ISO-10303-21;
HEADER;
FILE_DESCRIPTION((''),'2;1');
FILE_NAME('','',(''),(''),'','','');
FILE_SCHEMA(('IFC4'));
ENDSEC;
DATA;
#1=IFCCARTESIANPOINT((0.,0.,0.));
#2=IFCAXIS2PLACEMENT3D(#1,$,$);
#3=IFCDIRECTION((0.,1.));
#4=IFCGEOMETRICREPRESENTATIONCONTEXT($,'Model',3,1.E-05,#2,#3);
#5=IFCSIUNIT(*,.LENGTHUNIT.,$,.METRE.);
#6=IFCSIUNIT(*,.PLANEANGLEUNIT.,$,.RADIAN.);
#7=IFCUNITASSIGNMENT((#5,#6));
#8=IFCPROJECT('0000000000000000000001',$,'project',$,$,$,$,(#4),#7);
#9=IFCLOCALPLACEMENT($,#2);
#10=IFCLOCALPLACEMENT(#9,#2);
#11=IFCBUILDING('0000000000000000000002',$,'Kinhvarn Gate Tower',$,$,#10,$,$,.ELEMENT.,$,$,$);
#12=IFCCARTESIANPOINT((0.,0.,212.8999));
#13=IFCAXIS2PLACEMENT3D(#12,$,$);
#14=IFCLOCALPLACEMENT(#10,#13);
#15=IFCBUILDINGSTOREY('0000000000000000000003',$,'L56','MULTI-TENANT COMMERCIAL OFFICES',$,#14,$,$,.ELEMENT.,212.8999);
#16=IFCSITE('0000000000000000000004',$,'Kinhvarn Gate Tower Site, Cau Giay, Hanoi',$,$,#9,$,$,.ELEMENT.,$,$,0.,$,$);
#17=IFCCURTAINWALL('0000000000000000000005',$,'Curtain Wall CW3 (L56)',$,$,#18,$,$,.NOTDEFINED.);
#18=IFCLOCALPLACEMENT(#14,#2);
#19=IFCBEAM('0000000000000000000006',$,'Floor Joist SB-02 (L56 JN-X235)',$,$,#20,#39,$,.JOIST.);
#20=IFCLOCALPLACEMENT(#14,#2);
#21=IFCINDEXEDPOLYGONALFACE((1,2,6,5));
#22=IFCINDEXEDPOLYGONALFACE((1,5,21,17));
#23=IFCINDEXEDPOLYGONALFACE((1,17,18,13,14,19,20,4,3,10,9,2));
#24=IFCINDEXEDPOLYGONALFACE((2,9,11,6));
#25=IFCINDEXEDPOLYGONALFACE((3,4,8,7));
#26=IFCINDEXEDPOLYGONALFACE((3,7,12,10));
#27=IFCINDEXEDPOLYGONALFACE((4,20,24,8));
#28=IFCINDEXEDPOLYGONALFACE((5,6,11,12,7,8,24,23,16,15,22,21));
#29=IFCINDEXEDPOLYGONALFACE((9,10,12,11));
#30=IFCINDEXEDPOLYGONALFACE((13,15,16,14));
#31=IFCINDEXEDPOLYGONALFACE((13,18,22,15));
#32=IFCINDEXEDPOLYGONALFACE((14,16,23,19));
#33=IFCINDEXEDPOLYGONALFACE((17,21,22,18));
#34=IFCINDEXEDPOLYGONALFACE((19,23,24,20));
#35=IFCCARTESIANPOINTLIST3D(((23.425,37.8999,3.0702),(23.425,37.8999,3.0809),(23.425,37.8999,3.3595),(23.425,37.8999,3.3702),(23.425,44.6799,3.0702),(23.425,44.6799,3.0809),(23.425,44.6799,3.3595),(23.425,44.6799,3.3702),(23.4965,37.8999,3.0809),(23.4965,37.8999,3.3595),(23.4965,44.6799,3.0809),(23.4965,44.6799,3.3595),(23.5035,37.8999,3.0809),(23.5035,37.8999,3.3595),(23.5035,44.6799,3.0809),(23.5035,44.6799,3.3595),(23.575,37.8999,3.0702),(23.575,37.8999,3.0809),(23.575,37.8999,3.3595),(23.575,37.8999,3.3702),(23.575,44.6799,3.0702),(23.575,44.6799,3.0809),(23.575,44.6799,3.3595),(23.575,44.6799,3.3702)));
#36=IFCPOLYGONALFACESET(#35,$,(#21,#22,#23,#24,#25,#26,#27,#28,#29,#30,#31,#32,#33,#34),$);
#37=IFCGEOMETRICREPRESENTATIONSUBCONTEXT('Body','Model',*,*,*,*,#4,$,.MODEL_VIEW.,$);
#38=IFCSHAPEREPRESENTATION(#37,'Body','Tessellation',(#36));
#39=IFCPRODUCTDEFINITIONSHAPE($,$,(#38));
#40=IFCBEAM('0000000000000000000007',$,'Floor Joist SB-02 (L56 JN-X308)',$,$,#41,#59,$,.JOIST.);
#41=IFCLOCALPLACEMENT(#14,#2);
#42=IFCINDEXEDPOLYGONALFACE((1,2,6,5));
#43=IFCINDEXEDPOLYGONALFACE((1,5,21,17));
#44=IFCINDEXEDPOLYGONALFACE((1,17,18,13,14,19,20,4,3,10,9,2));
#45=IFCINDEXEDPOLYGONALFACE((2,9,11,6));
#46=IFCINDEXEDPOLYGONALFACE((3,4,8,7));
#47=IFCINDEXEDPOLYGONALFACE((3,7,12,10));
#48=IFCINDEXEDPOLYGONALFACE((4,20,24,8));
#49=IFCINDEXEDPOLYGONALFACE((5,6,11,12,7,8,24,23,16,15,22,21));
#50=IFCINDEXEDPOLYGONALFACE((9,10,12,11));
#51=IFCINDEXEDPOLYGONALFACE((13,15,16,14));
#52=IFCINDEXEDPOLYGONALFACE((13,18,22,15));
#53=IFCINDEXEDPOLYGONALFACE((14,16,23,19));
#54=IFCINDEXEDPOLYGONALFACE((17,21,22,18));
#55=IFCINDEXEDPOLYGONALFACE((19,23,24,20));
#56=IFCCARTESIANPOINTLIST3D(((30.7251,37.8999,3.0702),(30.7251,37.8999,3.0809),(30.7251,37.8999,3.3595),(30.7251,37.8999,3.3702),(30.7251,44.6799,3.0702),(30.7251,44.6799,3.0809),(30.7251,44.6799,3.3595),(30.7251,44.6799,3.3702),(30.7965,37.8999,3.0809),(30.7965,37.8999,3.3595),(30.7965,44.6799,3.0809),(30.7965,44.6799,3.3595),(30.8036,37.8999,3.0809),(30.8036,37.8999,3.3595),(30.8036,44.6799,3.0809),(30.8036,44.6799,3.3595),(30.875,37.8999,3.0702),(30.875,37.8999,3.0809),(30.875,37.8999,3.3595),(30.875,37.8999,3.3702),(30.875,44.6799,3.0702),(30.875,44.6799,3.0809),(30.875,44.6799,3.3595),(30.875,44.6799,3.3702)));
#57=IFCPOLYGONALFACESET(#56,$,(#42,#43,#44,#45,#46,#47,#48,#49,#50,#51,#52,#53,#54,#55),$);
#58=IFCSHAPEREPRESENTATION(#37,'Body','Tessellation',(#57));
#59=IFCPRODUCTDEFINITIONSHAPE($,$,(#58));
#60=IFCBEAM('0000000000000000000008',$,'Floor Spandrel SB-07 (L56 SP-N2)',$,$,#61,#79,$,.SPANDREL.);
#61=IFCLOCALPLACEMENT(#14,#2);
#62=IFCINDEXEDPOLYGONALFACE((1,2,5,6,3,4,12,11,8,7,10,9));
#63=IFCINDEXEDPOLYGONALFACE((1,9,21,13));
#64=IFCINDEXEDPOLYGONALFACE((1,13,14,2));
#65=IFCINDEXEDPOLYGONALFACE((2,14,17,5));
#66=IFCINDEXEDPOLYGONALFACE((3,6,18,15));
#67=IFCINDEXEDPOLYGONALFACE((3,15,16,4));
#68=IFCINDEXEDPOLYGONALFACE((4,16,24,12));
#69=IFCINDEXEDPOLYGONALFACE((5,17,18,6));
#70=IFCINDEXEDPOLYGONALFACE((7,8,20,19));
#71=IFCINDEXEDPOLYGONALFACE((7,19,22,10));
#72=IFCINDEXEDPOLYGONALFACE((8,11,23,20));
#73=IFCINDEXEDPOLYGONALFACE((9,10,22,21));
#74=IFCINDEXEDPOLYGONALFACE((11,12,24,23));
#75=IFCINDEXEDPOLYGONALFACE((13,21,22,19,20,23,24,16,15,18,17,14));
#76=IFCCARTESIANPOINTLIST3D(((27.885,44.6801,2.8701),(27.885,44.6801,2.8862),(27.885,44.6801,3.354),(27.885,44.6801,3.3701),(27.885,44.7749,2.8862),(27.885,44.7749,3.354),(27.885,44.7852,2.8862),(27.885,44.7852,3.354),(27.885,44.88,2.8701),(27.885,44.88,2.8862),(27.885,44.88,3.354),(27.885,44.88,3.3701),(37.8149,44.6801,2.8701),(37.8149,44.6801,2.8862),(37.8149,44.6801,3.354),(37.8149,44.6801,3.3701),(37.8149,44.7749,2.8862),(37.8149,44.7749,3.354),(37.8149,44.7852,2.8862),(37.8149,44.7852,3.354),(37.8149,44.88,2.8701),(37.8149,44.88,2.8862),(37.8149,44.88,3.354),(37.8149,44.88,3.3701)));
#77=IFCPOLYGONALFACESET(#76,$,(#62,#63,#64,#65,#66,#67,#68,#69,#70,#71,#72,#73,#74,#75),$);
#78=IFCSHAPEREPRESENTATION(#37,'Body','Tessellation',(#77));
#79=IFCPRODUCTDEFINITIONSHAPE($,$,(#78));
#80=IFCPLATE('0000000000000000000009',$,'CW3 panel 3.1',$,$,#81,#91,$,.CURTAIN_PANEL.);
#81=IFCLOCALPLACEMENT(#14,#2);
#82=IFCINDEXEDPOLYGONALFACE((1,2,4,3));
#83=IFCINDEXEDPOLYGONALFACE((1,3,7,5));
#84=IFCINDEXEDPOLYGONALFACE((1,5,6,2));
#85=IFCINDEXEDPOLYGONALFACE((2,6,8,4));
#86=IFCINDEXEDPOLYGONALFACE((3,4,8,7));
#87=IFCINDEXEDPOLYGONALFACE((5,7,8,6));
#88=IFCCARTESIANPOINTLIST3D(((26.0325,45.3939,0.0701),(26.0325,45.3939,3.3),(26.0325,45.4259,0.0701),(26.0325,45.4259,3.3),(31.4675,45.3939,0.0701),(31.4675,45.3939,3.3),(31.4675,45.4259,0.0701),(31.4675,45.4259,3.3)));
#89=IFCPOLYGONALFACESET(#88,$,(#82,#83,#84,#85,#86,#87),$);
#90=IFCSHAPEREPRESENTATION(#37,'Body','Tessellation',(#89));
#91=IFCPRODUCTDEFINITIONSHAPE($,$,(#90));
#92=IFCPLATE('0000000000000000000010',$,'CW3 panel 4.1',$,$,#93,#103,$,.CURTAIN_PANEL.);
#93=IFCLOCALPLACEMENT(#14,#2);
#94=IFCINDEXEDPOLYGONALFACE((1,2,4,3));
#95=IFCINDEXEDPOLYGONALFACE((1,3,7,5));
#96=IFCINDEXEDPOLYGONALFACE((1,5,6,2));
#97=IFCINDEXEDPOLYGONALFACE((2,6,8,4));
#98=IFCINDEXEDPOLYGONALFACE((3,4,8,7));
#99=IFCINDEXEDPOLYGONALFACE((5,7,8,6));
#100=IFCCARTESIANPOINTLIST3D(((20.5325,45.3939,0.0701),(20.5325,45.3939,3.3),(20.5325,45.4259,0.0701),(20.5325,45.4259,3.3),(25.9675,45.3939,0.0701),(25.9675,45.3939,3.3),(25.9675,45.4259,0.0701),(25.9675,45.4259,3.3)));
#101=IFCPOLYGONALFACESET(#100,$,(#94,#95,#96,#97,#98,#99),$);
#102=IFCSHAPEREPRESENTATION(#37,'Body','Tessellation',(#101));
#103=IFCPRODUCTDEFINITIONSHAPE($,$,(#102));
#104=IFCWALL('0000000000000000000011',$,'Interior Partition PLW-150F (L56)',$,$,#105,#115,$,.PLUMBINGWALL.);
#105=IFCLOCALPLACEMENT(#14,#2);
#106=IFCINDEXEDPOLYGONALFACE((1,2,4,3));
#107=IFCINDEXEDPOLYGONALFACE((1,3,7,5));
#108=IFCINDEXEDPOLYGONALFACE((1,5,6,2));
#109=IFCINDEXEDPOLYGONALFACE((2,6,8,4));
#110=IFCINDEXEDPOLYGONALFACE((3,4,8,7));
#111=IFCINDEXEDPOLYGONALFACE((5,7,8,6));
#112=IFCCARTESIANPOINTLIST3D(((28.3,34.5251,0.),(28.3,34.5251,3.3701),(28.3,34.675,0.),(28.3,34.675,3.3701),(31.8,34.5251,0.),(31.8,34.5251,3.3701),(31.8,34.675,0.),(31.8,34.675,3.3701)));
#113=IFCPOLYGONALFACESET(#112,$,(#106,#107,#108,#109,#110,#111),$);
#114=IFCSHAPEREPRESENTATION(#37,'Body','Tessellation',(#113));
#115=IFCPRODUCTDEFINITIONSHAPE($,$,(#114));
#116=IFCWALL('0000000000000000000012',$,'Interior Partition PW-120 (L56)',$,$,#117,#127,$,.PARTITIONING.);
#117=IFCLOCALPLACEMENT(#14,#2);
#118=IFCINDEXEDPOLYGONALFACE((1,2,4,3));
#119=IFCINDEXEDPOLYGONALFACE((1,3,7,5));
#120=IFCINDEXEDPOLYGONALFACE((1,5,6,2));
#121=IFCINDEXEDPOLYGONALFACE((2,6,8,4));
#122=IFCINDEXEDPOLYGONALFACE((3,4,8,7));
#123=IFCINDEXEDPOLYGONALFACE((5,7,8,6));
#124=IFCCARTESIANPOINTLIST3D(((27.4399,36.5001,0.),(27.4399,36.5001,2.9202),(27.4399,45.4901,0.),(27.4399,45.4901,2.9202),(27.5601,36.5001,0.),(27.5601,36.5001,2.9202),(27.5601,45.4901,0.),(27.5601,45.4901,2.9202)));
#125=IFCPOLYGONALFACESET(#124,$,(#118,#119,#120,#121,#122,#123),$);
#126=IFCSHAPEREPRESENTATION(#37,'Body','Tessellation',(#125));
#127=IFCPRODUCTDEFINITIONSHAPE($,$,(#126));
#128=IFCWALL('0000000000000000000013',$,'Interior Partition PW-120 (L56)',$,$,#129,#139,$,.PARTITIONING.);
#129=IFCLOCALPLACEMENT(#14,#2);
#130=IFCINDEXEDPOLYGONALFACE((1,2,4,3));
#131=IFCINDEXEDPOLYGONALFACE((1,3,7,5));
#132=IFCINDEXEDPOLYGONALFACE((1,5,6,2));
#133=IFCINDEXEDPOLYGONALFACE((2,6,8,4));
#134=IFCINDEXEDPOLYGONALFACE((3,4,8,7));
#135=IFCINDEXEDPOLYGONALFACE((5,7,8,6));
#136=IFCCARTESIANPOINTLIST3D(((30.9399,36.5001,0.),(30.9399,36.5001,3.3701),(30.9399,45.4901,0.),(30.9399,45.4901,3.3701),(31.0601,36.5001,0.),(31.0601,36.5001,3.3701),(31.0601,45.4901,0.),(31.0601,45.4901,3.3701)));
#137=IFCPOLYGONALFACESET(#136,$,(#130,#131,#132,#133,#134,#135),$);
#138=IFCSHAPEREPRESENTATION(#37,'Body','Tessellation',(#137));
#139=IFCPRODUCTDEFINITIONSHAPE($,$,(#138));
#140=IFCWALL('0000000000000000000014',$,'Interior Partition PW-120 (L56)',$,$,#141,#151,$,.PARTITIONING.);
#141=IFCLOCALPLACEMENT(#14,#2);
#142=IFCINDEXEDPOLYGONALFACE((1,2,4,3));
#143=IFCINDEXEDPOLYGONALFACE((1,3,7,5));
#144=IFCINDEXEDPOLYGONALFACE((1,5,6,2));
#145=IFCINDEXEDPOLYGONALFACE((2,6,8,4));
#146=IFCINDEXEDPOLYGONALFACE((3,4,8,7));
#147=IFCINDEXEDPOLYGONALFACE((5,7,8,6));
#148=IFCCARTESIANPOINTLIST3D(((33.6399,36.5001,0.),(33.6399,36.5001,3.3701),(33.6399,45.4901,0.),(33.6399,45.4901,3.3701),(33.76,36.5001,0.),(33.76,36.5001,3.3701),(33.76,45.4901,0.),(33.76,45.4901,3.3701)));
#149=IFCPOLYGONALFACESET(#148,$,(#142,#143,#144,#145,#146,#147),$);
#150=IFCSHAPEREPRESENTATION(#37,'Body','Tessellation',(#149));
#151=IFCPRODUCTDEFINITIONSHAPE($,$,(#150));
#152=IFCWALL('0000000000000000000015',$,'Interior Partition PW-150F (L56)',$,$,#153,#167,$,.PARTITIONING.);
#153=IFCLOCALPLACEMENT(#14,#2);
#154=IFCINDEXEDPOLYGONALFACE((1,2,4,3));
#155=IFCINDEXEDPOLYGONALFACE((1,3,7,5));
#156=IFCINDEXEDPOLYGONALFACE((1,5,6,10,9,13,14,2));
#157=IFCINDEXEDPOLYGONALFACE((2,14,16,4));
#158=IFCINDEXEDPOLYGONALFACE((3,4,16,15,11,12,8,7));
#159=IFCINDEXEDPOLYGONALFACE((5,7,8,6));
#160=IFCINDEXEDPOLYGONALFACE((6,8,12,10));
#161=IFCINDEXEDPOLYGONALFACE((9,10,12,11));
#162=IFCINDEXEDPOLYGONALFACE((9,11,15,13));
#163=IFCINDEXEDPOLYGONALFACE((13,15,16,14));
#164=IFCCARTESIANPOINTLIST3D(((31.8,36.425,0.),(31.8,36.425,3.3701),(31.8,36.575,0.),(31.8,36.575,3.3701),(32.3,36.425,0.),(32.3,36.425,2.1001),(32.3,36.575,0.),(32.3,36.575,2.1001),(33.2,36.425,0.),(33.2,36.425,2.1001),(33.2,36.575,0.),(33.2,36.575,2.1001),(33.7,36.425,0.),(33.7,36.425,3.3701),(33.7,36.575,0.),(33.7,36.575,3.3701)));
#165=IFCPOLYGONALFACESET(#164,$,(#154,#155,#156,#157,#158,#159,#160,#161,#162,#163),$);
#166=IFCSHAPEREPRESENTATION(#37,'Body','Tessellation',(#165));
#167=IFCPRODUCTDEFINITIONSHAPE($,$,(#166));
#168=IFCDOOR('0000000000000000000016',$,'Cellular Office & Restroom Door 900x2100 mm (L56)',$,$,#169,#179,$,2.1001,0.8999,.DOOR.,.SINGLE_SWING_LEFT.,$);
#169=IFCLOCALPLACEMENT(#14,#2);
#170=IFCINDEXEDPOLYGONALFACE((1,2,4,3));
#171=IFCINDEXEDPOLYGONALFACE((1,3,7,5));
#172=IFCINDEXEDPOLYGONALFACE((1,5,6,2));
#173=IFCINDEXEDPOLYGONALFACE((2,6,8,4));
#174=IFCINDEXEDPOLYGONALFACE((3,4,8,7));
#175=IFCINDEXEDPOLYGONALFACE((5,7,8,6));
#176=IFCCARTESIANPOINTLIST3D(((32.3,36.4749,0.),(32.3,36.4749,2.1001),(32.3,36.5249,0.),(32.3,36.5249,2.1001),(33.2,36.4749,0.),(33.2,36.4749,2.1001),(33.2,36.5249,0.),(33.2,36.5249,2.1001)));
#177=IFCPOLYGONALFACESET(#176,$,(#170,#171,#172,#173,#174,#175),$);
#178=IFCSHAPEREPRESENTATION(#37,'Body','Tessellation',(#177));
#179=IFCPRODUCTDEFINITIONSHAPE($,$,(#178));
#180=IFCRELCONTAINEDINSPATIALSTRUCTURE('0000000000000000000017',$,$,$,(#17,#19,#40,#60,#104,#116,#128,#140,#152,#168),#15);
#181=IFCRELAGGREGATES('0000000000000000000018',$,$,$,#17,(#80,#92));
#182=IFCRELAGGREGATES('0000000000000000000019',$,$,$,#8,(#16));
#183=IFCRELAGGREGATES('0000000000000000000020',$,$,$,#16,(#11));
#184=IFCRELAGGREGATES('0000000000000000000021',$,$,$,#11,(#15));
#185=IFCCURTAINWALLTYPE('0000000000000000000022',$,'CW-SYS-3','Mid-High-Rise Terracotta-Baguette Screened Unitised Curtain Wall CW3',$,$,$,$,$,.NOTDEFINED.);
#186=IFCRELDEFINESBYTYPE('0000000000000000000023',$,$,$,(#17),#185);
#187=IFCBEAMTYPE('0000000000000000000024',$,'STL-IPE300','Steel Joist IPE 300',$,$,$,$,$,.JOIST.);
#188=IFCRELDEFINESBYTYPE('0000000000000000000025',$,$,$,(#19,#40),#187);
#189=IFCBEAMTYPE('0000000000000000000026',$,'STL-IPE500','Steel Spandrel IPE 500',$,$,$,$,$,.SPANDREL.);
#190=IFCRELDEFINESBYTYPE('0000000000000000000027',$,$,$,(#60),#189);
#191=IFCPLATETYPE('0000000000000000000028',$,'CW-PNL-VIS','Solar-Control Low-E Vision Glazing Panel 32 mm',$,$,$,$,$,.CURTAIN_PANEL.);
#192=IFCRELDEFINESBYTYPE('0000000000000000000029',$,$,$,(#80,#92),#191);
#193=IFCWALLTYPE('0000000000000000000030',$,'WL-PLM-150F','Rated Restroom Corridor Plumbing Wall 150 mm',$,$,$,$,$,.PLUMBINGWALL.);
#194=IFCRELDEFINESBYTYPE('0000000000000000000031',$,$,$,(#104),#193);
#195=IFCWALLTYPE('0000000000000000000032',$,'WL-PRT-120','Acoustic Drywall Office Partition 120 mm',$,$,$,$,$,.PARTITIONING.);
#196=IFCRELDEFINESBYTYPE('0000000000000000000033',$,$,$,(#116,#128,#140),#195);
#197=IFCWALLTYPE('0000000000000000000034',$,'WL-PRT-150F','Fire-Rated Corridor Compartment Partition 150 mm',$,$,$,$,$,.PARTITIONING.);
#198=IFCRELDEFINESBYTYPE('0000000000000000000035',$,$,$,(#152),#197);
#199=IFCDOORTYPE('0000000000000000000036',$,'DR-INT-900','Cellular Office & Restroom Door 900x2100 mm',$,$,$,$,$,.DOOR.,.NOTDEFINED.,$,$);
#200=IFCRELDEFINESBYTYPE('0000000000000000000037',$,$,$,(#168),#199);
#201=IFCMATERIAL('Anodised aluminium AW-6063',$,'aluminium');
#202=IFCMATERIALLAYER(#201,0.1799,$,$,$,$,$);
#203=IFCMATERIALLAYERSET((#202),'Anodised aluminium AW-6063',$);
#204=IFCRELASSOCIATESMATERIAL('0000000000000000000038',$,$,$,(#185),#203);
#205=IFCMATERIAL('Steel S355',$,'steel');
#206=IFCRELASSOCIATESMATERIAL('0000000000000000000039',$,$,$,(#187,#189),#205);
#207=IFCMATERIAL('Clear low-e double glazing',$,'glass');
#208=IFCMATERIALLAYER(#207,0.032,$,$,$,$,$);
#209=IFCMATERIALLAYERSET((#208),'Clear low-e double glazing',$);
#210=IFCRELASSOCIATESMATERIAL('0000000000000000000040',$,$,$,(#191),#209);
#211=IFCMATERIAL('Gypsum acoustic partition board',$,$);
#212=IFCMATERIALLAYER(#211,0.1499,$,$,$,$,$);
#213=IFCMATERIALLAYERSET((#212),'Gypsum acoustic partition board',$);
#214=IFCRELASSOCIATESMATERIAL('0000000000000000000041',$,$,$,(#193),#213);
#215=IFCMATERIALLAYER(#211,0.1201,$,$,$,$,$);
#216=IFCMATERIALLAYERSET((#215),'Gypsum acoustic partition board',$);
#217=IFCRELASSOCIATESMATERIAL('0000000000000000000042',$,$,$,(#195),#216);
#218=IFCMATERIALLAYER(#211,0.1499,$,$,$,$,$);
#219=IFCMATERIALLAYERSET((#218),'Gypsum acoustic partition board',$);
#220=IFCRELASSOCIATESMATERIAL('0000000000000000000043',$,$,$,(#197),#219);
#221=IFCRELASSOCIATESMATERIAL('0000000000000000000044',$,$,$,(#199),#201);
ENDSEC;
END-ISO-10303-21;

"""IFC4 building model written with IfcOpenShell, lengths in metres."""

from ifc_helpers import new_model, si_unit, direction, frame, frame_2d, origin, origin_2d, place, context, subcontext, project, spatial, rectangle, i_section, extrude, material, layer, layer_set, material_profile, profile_set, type_object, element, fill, aggregate, save


model = new_model("IFC4")

# Units and contexts
model_context = context("Model", 3, precision=1e-05, world=origin(), true_north=direction((0.0, 1.0)))
body_context = subcontext(model_context, "Body", "Model", "MODEL_VIEW")
ifc_project = project(units=[si_unit("LENGTHUNIT", "METRE"), si_unit("PLANEANGLEUNIT", "RADIAN")], contexts=[model_context])

# Site, building, storey
site_placement = place(None, origin())
site = spatial("IfcSite", under=ifc_project, at=site_placement, Name="Kinhvarn Gate Tower Site, Cau Giay, Hanoi", CompositionType="ELEMENT", RefElevation=0.0)
building_placement = place(site_placement, origin())
building = spatial("IfcBuilding", under=site, at=building_placement, Name="Kinhvarn Gate Tower", CompositionType="ELEMENT")
storey_placement = place(building_placement, frame((0.0, 0.0, 212.8999)))
storey = spatial("IfcBuildingStorey", under=building, at=storey_placement, Name="L56", Description="MULTI-TENANT COMMERCIAL OFFICES", CompositionType="ELEMENT", Elevation=212.8999)

# Curtain wall
ifc_material_1 = material(Name="Anodised aluminium AW-6063", Category="aluminium")
ifc_layer_1 = layer(ifc_material_1, 0.1799)
ifc_layer_set_1 = layer_set([ifc_layer_1], Name="Anodised aluminium AW-6063")
curtain_wall_type = type_object("IfcCurtainWallType", Name="CW-SYS-3", Description="Mid-High-Rise Terracotta-Baguette Screened Unitised Curtain Wall CW3", PredefinedType="NOTDEFINED", material=ifc_layer_set_1)
curtain_wall_placement = place(storey_placement, origin())
curtain_wall = element("IfcCurtainWall", 1, at=curtain_wall_placement, inside=storey, type_object=curtain_wall_type, Name="Curtain Wall CW3 (L56)", PredefinedType="NOTDEFINED")

# Beams
ifc_material_2 = material(Name="Steel S355", Category="steel")
ifc_material_profile_1 = material_profile(ifc_material_2, i_section(OverallWidth=0.1499, OverallDepth=0.3, WebThickness=0.0071, FlangeThickness=0.0107, at=origin_2d()), Name="IPE 300")
ifc_profile_set_1 = profile_set([ifc_material_profile_1], Name="Steel S355")
beam_type_1 = type_object("IfcBeamType", Name="STL-IPE300", Description="Steel Joist IPE 300", PredefinedType="JOIST", material=ifc_profile_set_1)
for number, where, z_axis, x_axis, name in (
    (2, (23.5, 37.8999, 3.2202), (0.0, 1.0, 0.0), (-1.0, 0.0, 0.0), "Floor Joist SB-02 (L56 JN-X235)"),
    (3, (30.8, 37.8999, 3.2202), (0.0, 1.0, 0.0), (-1.0, 0.0, 0.0), "Floor Joist SB-02 (L56 JN-X308)"),
):
    element("IfcBeam", number, at=place(storey_placement, frame(where, z_axis=z_axis, x_axis=x_axis)), inside=storey, type_object=beam_type_1, Name=name, PredefinedType="JOIST", context=body_context, shape_type="SweptSolid", body=[
        extrude(i_section(OverallWidth=0.1499, OverallDepth=0.3, WebThickness=0.0071, FlangeThickness=0.0107, at=origin_2d()), origin(), (0.0, 0.0, 1.0), 6.78),
    ])
ifc_material_profile_2 = material_profile(ifc_material_2, i_section(OverallWidth=0.2, OverallDepth=0.5, WebThickness=0.0103, FlangeThickness=0.0161, at=origin_2d()), Name="IPE 500")
ifc_profile_set_2 = profile_set([ifc_material_profile_2], Name="Steel S355")
beam_type_2 = type_object("IfcBeamType", Name="STL-IPE500", Description="Steel Spandrel IPE 500", PredefinedType="SPANDREL", material=ifc_profile_set_2)
beam_1_placement = place(storey_placement, frame((27.885, 44.78, 3.1201), z_axis=(1.0, 0.0, 0.0), x_axis=(0.0, 1.0, 0.0)))
element("IfcBeam", 4, at=beam_1_placement, inside=storey, type_object=beam_type_2, Name="Floor Spandrel SB-07 (L56 SP-N2)", PredefinedType="SPANDREL", context=body_context, shape_type="SweptSolid", body=[
    extrude(i_section(OverallWidth=0.2, OverallDepth=0.5, WebThickness=0.0103, FlangeThickness=0.0161, at=origin_2d()), origin(), (0.0, 0.0, 1.0), 9.9299),
])

# Plates
ifc_material_3 = material(Name="Clear low-e double glazing", Category="glass")
ifc_layer_2 = layer(ifc_material_3, 0.032)
ifc_layer_set_2 = layer_set([ifc_layer_2], Name="Clear low-e double glazing")
plate_type = type_object("IfcPlateType", Name="CW-PNL-VIS", Description="Solar-Control Low-E Vision Glazing Panel 32 mm", PredefinedType="CURTAIN_PANEL", material=ifc_layer_set_2)
plate_1_placement = place(storey_placement, frame((28.75, 45.4099, 0.0701), z_axis=(0.0, 0.0, 1.0), x_axis=(-1.0, 0.0, 0.0)))
plate_1 = element("IfcPlate", 5, at=plate_1_placement, type_object=plate_type, Name="CW3 panel 3.1", PredefinedType="CURTAIN_PANEL", context=body_context, shape_type="SweptSolid", body=[
    extrude(rectangle(XDim=5.4351, YDim=0.032, at=origin_2d()), origin(), (0.0, 0.0, 1.0), 3.23),
])
plate_2_placement = place(storey_placement, frame((23.25, 45.4099, 0.0701), z_axis=(0.0, 0.0, 1.0), x_axis=(-1.0, 0.0, 0.0)))
plate_2 = element("IfcPlate", 6, at=plate_2_placement, type_object=plate_type, Name="CW3 panel 4.1", PredefinedType="CURTAIN_PANEL", context=body_context, shape_type="SweptSolid", body=[
    extrude(rectangle(XDim=5.4351, YDim=0.032, at=origin_2d()), origin(), (0.0, 0.0, 1.0), 3.23),
])
aggregate(curtain_wall, [plate_1, plate_2])

# Walls
ifc_material_4 = material(Name="Gypsum acoustic partition board")
ifc_layer_3 = layer(ifc_material_4, 0.1499)
ifc_layer_set_3 = layer_set([ifc_layer_3], Name="Gypsum acoustic partition board")
wall_type_1 = type_object("IfcWallType", Name="WL-PLM-150F", Description="Rated Restroom Corridor Plumbing Wall 150 mm", PredefinedType="PLUMBINGWALL", material=ifc_layer_set_3)
wall_1_placement = place(storey_placement, frame((28.3, 34.6001, 0.0), z_axis=(0.0, 0.0, 1.0), x_axis=(1.0, 0.0, 0.0)))
element("IfcWall", 7, at=wall_1_placement, inside=storey, type_object=wall_type_1, Name="Interior Partition PLW-150F (L56)", PredefinedType="PLUMBINGWALL", context=body_context, shape_type="SweptSolid", body=[
    extrude(rectangle(XDim=3.5, YDim=0.1499, at=frame_2d((1.75, 0.0))), origin(), (0.0, 0.0, 1.0), 3.3701),
])
ifc_layer_4 = layer(ifc_material_4, 0.1201)
ifc_layer_set_4 = layer_set([ifc_layer_4], Name="Gypsum acoustic partition board")
wall_type_2 = type_object("IfcWallType", Name="WL-PRT-120", Description="Acoustic Drywall Office Partition 120 mm", PredefinedType="PARTITIONING", material=ifc_layer_set_4)
wall_2_placement = place(storey_placement, frame((27.5, 36.5, 0.0), z_axis=(0.0, 0.0, 1.0), x_axis=(0.0, 1.0, 0.0)))
element("IfcWall", 8, at=wall_2_placement, inside=storey, type_object=wall_type_2, Name="Interior Partition PW-120 (L56)", PredefinedType="PARTITIONING", context=body_context, shape_type="SweptSolid", body=[
    extrude(rectangle(XDim=8.99, YDim=0.1201, at=frame_2d((4.4951, 0.0))), origin(), (0.0, 0.0, 1.0), 2.9202),
])
for number, where, z_axis, x_axis, name in (
    (9, (31.0, 36.5, 0.0), (0.0, 0.0, 1.0), (0.0, 1.0, 0.0), "Interior Partition PW-120 (L56)"),
    (10, (33.7, 36.5, 0.0), (0.0, 0.0, 1.0), (0.0, 1.0, 0.0), "Interior Partition PW-120 (L56)"),
):
    element("IfcWall", number, at=place(storey_placement, frame(where, z_axis=z_axis, x_axis=x_axis)), inside=storey, type_object=wall_type_2, Name=name, PredefinedType="PARTITIONING", context=body_context, shape_type="SweptSolid", body=[
        extrude(rectangle(XDim=8.99, YDim=0.1201, at=frame_2d((4.4951, 0.0))), origin(), (0.0, 0.0, 1.0), 3.3701),
    ])

# Wall, opening, door
ifc_layer_5 = layer(ifc_material_4, 0.1499)
ifc_layer_set_5 = layer_set([ifc_layer_5], Name="Gypsum acoustic partition board")
wall_type_3 = type_object("IfcWallType", Name="WL-PRT-150F", Description="Fire-Rated Corridor Compartment Partition 150 mm", PredefinedType="PARTITIONING", material=ifc_layer_set_5)
wall_3_placement = place(storey_placement, frame((31.8, 36.5, 0.0), z_axis=(0.0, 0.0, 1.0), x_axis=(1.0, 0.0, 0.0)))
wall_3 = element("IfcWall", 11, at=wall_3_placement, inside=storey, type_object=wall_type_3, Name="Interior Partition PW-150F (L56)", PredefinedType="PARTITIONING", context=body_context, shape_type="SweptSolid", body=[
    extrude(rectangle(XDim=1.8999, YDim=0.1499, at=frame_2d((0.95, 0.0))), origin(), (0.0, 0.0, 1.0), 3.3701),
])
opening_1_placement = place(wall_3_placement, frame((0.5, 0.0, 0.0)))
opening_1 = element("IfcOpeningElement", 12, at=opening_1_placement, cuts=wall_3, PredefinedType="OPENING", context=body_context, shape_type="SweptSolid", body=[
    extrude(rectangle(XDim=0.8999, YDim=2.1001, at=frame_2d((0.45, 1.05))), frame((0.0, 0.085, 0.0), z_axis=(0.0, -1.0, 0.0), x_axis=(1.0, 0.0, 0.0)), (0.0, 0.0, 1.0), 0.1699),
])
door_type_1 = type_object("IfcDoorType", Name="DR-INT-900", Description="Cellular Office & Restroom Door 900x2100 mm", OperationType="NOTDEFINED", PredefinedType="DOOR", material=ifc_material_1)
door_1_placement = place(opening_1_placement, origin())
door_1 = element("IfcDoor", 13, at=door_1_placement, inside=storey, type_object=door_type_1, Name="Cellular Office & Restroom Door 900x2100 mm (L56)", OperationType="SINGLE_SWING_LEFT", OverallHeight=2.1001, OverallWidth=0.8999, PredefinedType="DOOR", context=body_context, shape_type="SweptSolid", body=[
    extrude(rectangle(XDim=0.8999, YDim=2.1001, at=frame_2d((0.45, 1.05))), frame((0.0, 0.0249, 0.0), z_axis=(0.0, -1.0, 0.0), x_axis=(1.0, 0.0, 0.0)), (0.0, 0.0, 1.0), 0.05),
])
fill(opening_1, door_1)

save(model, "model.ifc")
